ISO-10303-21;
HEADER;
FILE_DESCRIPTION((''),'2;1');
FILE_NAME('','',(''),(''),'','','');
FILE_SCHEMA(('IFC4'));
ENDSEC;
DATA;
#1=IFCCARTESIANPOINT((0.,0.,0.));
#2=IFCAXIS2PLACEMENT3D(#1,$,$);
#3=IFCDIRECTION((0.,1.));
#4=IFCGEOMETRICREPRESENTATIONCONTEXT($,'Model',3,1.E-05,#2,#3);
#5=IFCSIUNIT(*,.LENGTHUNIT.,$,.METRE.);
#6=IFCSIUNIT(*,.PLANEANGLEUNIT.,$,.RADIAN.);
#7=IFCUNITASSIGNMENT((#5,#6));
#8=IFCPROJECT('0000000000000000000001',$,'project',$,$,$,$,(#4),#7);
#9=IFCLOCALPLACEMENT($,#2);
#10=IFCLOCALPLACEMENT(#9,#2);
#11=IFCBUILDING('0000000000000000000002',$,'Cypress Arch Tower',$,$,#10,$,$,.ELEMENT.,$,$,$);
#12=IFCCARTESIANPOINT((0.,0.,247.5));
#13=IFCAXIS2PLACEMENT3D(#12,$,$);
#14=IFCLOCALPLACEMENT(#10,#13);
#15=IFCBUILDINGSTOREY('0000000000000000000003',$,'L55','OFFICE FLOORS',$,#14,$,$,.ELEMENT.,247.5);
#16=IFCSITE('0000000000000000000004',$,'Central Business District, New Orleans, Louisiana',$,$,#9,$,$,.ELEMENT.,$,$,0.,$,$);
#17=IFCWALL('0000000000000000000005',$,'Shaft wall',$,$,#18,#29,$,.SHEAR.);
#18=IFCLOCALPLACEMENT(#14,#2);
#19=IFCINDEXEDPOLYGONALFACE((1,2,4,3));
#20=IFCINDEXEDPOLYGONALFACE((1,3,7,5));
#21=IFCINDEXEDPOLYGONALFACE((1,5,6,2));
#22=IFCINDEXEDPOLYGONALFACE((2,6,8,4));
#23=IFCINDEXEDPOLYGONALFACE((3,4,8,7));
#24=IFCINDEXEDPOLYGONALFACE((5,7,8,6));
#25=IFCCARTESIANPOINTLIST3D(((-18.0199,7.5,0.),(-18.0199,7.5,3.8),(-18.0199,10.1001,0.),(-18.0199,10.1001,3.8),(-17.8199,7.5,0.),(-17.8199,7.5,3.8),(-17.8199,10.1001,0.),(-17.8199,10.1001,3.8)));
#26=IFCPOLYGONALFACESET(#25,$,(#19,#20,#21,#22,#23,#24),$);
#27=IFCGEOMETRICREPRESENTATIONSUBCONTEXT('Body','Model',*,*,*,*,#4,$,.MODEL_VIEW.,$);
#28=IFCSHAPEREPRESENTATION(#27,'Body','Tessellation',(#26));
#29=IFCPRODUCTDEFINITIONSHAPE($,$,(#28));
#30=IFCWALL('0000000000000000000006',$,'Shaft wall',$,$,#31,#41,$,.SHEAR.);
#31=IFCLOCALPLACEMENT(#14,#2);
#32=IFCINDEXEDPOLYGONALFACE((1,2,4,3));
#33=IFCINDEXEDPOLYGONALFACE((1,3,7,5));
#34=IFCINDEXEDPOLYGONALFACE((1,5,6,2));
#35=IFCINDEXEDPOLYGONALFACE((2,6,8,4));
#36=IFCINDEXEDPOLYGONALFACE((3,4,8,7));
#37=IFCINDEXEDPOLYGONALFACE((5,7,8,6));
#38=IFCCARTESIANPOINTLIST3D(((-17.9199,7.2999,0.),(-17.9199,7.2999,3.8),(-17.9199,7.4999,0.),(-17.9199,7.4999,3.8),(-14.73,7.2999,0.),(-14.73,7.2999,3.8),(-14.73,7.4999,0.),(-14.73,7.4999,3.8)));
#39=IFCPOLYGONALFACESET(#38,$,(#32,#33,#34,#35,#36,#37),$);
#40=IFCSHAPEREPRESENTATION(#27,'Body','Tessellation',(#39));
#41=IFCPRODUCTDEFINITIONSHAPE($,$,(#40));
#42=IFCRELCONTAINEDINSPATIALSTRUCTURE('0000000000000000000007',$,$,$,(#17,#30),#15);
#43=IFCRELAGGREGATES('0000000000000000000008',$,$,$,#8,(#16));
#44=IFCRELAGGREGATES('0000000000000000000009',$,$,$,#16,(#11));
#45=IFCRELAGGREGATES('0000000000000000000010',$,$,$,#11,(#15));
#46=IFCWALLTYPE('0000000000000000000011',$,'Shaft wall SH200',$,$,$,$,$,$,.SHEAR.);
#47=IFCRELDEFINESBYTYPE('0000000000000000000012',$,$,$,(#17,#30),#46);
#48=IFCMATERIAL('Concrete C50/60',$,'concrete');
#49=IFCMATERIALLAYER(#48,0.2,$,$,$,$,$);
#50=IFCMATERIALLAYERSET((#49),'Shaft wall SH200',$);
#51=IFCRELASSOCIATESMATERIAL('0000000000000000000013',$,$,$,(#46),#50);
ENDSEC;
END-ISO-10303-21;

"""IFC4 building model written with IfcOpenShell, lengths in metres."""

from ifc_helpers import new_model, si_unit, direction, frame, frame_2d, origin, place, context, subcontext, project, spatial, rectangle, extrude, material, layer, layer_set, type_object, element, save


model = new_model("IFC4")

# Units and contexts
model_context = context("Model", 3, precision=1e-05, world=origin(), true_north=direction((0.0, 1.0)))
body_context = subcontext(model_context, "Body", "Model", "MODEL_VIEW")
ifc_project = project(units=[si_unit("LENGTHUNIT", "METRE"), si_unit("PLANEANGLEUNIT", "RADIAN")], contexts=[model_context])

# Site, building, storey
site_placement = place(None, origin())
site = spatial("IfcSite", under=ifc_project, at=site_placement, Name="Central Business District, New Orleans, Louisiana", CompositionType="ELEMENT", RefElevation=0.0)
building_placement = place(site_placement, origin())
building = spatial("IfcBuilding", under=site, at=building_placement, Name="Cypress Arch Tower", CompositionType="ELEMENT")
storey_placement = place(building_placement, frame((0.0, 0.0, 247.5)))
storey = spatial("IfcBuildingStorey", under=building, at=storey_placement, Name="L55", Description="OFFICE FLOORS", CompositionType="ELEMENT", Elevation=247.5)

# Shared definitions
ifc_material_1 = material(Name="Concrete C50/60", Category="concrete")
ifc_layer_1 = layer(ifc_material_1, 0.2)
ifc_layer_set_1 = layer_set([ifc_layer_1], Name="Shaft wall SH200")
wall_type_1 = type_object("IfcWallType", Name="Shaft wall SH200", PredefinedType="SHEAR", material=ifc_layer_set_1)

# Walls
wall_1_placement = place(storey_placement, frame((-17.9199, 7.5, 0.0), z_axis=(0.0, 0.0, 1.0), x_axis=(0.0, 1.0, 0.0)))
element("IfcWall", 1, at=wall_1_placement, inside=storey, type_object=wall_type_1, Name="Shaft wall", PredefinedType="SHEAR", context=body_context, shape_type="SweptSolid", body=[
    extrude(rectangle(XDim=2.6001, YDim=0.2, at=frame_2d((1.3, 0.0))), origin(), (0.0, 0.0, 1.0), 3.8),
])
wall_2_placement = place(storey_placement, frame((-17.9199, 7.3999, 0.0), z_axis=(0.0, 0.0, 1.0), x_axis=(1.0, 0.0, 0.0)))
element("IfcWall", 2, at=wall_2_placement, inside=storey, type_object=wall_type_1, Name="Shaft wall", PredefinedType="SHEAR", context=body_context, shape_type="SweptSolid", body=[
    extrude(rectangle(XDim=3.1899, YDim=0.2, at=frame_2d((1.595, 0.0))), origin(), (0.0, 0.0, 1.0), 3.8),
])

save(model, "model.ifc")
